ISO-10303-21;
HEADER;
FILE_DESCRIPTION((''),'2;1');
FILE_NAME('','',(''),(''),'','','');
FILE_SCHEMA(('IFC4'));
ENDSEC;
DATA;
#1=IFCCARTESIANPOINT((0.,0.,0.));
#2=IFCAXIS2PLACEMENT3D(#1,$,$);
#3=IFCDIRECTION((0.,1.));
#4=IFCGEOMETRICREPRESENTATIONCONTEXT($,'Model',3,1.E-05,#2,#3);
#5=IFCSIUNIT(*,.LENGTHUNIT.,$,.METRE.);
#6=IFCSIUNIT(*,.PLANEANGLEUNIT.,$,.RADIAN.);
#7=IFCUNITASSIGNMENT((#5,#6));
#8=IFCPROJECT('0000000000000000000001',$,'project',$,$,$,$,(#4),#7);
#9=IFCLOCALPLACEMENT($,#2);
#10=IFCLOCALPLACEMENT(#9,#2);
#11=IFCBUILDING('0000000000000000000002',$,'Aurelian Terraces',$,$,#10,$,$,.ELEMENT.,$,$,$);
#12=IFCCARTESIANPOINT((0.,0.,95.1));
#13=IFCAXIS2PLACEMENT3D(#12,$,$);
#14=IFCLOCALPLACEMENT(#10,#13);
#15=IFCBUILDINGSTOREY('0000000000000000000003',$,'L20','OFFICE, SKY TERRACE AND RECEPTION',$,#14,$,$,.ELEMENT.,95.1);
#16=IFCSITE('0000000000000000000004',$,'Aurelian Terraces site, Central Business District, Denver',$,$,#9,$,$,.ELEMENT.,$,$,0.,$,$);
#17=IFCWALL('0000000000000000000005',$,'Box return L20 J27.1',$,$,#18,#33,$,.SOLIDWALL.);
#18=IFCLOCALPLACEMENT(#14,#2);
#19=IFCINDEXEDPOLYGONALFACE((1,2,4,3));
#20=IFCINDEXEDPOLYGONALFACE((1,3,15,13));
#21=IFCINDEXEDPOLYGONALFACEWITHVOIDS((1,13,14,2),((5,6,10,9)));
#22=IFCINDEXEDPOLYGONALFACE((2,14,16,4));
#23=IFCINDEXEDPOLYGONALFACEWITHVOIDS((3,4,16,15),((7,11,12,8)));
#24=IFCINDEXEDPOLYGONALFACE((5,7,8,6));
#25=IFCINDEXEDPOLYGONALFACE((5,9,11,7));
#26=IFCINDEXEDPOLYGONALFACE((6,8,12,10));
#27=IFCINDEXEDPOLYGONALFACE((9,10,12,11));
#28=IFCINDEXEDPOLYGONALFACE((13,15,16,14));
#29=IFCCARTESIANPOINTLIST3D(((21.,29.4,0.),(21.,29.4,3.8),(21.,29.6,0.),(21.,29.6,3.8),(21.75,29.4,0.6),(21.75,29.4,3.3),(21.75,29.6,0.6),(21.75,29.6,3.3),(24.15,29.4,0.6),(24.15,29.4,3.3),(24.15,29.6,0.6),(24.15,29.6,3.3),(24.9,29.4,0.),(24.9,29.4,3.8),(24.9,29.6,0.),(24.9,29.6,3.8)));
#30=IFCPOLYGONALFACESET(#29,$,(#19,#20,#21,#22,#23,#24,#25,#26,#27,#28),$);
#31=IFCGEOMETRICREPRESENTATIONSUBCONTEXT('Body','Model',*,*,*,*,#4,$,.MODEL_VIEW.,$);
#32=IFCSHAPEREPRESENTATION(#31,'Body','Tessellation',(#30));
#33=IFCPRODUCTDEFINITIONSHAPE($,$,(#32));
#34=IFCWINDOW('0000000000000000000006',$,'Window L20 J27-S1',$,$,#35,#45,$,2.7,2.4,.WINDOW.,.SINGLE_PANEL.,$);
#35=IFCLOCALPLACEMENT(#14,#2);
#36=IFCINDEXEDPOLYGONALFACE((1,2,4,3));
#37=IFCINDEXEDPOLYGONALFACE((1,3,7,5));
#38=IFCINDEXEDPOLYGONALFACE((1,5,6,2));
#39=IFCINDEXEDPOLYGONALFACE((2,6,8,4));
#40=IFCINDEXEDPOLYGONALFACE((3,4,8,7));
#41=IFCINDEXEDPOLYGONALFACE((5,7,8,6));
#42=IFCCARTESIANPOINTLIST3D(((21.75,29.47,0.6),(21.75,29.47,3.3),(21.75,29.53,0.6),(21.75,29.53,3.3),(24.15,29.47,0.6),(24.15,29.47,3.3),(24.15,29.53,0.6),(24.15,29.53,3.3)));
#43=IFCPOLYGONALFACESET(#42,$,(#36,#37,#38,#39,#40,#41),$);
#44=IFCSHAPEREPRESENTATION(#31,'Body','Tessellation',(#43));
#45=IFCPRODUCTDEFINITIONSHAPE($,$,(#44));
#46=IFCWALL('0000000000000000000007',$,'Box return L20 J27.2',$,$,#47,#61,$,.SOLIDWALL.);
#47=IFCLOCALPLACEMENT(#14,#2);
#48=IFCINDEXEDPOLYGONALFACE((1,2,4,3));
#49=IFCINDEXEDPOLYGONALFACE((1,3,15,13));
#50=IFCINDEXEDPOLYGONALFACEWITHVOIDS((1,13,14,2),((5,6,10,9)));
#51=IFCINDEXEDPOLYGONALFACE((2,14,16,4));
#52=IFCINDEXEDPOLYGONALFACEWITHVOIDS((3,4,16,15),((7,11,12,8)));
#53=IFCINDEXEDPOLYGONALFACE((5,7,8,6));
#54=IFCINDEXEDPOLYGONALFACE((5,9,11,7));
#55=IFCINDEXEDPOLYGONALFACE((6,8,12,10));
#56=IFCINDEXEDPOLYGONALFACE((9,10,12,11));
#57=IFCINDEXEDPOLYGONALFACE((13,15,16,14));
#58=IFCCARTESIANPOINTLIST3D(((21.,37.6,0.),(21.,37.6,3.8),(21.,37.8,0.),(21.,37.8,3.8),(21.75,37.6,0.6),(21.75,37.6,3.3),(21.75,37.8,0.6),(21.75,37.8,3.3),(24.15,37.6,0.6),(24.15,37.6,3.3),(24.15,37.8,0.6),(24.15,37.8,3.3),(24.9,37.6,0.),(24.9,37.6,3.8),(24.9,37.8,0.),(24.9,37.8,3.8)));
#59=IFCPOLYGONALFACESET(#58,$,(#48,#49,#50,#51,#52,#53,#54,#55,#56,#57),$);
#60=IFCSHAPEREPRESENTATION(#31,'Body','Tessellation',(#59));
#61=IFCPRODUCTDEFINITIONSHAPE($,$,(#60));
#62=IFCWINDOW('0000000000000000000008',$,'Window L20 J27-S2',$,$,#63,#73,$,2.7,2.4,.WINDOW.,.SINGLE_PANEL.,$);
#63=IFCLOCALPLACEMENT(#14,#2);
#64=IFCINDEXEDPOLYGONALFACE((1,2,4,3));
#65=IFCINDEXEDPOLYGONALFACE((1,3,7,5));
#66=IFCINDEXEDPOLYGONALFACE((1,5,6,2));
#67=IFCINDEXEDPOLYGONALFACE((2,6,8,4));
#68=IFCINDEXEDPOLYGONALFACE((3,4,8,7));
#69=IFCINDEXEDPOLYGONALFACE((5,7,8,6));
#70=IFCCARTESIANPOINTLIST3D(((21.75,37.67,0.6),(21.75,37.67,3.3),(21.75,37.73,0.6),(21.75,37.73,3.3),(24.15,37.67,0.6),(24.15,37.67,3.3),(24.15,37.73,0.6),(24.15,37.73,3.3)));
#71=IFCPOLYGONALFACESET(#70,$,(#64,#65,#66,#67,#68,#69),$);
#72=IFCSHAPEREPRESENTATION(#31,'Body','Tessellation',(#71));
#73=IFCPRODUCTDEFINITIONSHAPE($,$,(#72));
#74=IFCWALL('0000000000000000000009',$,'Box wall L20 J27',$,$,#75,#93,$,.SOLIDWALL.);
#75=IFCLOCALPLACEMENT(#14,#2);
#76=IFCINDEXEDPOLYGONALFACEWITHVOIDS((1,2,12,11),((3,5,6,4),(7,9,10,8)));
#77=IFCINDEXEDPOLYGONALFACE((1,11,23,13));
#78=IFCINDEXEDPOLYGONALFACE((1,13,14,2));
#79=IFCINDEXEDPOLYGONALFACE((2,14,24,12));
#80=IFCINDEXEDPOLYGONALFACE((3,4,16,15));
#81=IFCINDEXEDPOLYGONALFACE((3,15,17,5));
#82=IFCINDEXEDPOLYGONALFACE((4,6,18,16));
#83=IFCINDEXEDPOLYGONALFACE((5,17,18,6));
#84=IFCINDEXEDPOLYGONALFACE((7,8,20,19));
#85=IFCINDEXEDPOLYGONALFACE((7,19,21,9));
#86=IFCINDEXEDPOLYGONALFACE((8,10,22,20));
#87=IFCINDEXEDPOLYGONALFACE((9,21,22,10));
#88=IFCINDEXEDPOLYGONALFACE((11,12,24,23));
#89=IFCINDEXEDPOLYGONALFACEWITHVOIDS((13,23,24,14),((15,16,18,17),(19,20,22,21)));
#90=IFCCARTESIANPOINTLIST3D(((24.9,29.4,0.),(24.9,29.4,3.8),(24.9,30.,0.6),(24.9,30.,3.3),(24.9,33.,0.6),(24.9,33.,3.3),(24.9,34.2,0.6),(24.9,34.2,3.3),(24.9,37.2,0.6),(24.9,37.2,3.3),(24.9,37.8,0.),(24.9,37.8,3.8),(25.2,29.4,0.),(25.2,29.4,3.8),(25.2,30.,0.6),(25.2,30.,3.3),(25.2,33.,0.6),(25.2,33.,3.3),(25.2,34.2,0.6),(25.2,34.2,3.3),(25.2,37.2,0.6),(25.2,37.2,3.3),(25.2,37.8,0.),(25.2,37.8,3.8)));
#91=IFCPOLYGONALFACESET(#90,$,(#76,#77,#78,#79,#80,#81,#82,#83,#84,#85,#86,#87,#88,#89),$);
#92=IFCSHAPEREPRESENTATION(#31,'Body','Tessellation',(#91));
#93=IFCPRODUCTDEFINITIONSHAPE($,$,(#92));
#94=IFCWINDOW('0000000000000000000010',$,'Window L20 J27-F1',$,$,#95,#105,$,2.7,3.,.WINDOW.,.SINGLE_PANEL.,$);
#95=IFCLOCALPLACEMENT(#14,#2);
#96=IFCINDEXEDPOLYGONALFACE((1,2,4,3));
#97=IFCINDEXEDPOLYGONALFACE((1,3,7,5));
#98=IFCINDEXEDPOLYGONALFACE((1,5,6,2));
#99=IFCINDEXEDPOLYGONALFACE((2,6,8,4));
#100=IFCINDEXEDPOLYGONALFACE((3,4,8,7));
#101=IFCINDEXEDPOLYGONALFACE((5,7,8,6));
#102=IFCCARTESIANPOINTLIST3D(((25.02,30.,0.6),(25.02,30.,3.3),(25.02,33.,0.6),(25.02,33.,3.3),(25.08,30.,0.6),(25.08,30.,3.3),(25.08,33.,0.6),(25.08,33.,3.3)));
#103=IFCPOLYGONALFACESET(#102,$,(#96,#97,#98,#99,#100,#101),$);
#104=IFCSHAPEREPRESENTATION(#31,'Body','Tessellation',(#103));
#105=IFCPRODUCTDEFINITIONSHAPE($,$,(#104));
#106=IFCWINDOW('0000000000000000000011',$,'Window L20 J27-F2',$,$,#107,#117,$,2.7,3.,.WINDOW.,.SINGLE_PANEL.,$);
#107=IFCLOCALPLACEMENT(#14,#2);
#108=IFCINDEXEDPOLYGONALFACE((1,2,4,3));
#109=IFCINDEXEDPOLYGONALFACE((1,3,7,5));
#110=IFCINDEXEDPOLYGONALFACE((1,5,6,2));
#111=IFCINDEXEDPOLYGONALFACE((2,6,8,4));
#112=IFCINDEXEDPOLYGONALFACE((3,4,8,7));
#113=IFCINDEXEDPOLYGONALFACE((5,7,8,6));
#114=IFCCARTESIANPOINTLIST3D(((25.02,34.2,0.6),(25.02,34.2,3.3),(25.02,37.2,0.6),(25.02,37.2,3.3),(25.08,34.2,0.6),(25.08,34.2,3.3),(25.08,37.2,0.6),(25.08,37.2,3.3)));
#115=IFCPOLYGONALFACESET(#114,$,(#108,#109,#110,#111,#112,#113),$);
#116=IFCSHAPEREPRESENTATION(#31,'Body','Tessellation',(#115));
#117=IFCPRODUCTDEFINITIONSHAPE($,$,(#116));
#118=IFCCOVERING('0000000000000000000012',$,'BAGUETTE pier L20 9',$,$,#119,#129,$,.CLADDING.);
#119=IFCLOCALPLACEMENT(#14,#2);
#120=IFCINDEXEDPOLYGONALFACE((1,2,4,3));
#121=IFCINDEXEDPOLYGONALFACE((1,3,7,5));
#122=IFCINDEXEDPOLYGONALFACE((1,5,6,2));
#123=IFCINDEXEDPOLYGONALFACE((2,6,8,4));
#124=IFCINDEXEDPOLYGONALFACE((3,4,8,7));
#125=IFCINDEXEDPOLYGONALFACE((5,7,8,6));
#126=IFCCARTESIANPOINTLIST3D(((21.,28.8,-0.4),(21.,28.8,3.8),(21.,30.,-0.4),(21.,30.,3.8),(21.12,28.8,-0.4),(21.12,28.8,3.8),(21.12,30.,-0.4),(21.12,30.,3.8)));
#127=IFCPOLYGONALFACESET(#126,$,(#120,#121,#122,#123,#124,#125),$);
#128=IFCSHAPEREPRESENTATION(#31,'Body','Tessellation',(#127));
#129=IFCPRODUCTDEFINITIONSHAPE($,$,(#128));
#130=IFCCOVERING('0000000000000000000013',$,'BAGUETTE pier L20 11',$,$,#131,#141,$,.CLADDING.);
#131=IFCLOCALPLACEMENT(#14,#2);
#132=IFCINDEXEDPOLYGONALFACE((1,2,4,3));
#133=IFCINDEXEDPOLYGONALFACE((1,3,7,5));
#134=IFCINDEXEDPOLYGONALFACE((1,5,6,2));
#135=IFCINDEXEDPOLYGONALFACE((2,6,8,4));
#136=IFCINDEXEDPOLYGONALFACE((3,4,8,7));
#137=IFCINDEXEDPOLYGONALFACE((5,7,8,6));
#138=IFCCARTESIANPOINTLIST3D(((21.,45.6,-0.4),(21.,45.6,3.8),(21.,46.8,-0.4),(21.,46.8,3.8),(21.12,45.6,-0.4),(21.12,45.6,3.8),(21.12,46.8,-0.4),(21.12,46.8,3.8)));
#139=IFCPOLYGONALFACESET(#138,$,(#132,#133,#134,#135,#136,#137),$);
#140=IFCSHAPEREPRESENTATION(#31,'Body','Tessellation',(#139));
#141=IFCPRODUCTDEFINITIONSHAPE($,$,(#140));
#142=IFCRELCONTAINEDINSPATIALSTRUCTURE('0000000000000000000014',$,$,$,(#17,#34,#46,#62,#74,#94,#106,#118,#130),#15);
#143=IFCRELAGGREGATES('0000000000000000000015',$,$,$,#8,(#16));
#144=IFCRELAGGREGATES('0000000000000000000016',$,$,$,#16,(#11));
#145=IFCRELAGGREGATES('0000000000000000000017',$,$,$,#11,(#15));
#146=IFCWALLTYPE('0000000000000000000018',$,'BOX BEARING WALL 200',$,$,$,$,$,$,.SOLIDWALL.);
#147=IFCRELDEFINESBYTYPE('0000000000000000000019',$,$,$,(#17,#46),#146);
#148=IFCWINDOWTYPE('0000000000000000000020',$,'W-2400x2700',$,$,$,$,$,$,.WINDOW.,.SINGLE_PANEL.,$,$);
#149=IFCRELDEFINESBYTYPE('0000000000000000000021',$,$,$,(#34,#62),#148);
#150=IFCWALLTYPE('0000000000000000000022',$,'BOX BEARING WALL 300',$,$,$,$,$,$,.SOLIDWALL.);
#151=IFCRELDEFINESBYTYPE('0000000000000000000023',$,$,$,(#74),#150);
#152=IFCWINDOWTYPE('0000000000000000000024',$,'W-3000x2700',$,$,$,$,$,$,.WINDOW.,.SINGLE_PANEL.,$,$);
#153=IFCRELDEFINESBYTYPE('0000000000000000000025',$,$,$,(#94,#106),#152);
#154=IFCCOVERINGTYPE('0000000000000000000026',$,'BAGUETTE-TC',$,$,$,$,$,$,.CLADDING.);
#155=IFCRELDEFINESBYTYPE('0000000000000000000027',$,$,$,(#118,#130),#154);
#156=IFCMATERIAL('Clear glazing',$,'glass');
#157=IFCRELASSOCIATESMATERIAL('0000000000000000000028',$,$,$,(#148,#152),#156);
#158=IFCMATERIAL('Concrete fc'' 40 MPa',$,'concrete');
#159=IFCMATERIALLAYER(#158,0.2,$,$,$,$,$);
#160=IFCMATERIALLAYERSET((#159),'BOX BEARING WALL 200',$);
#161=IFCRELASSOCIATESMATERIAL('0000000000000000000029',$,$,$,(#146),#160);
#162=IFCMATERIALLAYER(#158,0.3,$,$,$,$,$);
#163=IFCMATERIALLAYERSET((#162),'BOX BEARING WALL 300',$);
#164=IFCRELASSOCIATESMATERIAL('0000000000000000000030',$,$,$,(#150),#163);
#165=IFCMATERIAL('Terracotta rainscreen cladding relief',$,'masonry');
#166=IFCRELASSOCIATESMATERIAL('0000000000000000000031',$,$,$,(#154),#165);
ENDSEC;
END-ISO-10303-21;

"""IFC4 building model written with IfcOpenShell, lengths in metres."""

from ifc_helpers import new_model, si_unit, direction, frame, frame_2d, origin, origin_2d, place, context, subcontext, project, spatial, rectangle, extrude, source, transform, mapped, material, layer, layer_set, type_object, element, fill, save


model = new_model("IFC4")

# Units and contexts
model_context = context("Model", 3, precision=1e-05, world=origin(), true_north=direction((0.0, 1.0)))
body_context = subcontext(model_context, "Body", "Model", "MODEL_VIEW")
ifc_project = project(units=[si_unit("LENGTHUNIT", "METRE"), si_unit("PLANEANGLEUNIT", "RADIAN")], contexts=[model_context])

# Site, building, storey
site_placement = place(None, origin())
site = spatial("IfcSite", under=ifc_project, at=site_placement, Name="Aurelian Terraces site, Central Business District, Denver", CompositionType="ELEMENT", RefElevation=0.0)
building_placement = place(site_placement, origin())
building = spatial("IfcBuilding", under=site, at=building_placement, Name="Aurelian Terraces", CompositionType="ELEMENT")
storey_placement = place(building_placement, frame((0.0, 0.0, 95.1)))
storey = spatial("IfcBuildingStorey", under=building, at=storey_placement, Name="L20", Description="OFFICE, SKY TERRACE AND RECEPTION", CompositionType="ELEMENT", Elevation=95.1)

# Shared definitions
ifc_material_1 = material(Name="Clear glazing", Category="glass")
window_type_1 = type_object("IfcWindowType", Name="W-2400x2700", PartitioningType="SINGLE_PANEL", PredefinedType="WINDOW", material=ifc_material_1)
shared_shape_1 = source(origin(), body_context, "Body", "SweptSolid", [
    extrude(rectangle(XDim=2.4, YDim=2.7, at=frame_2d((1.2, 1.35))), frame((0.0, 0.03, 0.0), z_axis=(0.0, -1.0, 0.0), x_axis=(1.0, 0.0, 0.0)), (0.0, 0.0, 1.0), 0.06),
])

# Shared definitions
shared_shape_2 = source(origin(), body_context, "Body", "SweptSolid", [
    extrude(rectangle(XDim=3.0, YDim=2.7, at=frame_2d((1.5, 1.35))), frame((0.0, 0.16, 0.0), z_axis=(0.0, -1.0, 0.0), x_axis=(1.0, 0.0, 0.0)), (0.0, 0.0, 1.0), 0.32),
])
window_type_2 = type_object("IfcWindowType", Name="W-3000x2700", PartitioningType="SINGLE_PANEL", PredefinedType="WINDOW", material=ifc_material_1)
shared_shape_3 = source(origin(), body_context, "Body", "SweptSolid", [
    extrude(rectangle(XDim=3.0, YDim=2.7, at=frame_2d((1.5, 1.35))), frame((0.0, 0.03, 0.0), z_axis=(0.0, -1.0, 0.0), x_axis=(1.0, 0.0, 0.0)), (0.0, 0.0, 1.0), 0.06),
])

# Walls, openings, windows
ifc_material_2 = material(Name="Concrete fc' 40 MPa", Category="concrete")
ifc_layer_1 = layer(ifc_material_2, 0.2)
ifc_layer_set_1 = layer_set([ifc_layer_1], Name="BOX BEARING WALL 200")
wall_type_1 = type_object("IfcWallType", Name="BOX BEARING WALL 200", PredefinedType="SOLIDWALL", material=ifc_layer_set_1)
shared_shape_4 = source(origin(), body_context, "Body", "SweptSolid", [
    extrude(rectangle(XDim=3.9, YDim=0.2, at=frame_2d((1.95, 0.0))), origin(), (0.0, 0.0, 1.0), 3.8),
])
wall_1_placement = place(storey_placement, frame((21.0, 29.5, 0.0), z_axis=(0.0, 0.0, 1.0), x_axis=(1.0, 0.0, 0.0)))
wall_1 = element("IfcWall", 1, at=wall_1_placement, inside=storey, type_object=wall_type_1, Name="Box return L20 J27.1", PredefinedType="SOLIDWALL", context=body_context, shape_type="MappedRepresentation", body=[
    mapped(shared_shape_4, transform((0.0, 0.0, 0.0), scale=1.0)),
])
shared_shape_5 = source(origin(), body_context, "Body", "SweptSolid", [
    extrude(rectangle(XDim=2.4, YDim=2.7, at=frame_2d((1.2, 1.35))), frame((0.0, 0.11, 0.0), z_axis=(0.0, -1.0, 0.0), x_axis=(1.0, 0.0, 0.0)), (0.0, 0.0, 1.0), 0.22),
])
opening_1_placement = place(wall_1_placement, frame((0.75, 0.0, 0.6)))
opening_1 = element("IfcOpeningElement", 2, at=opening_1_placement, cuts=wall_1, PredefinedType="OPENING", context=body_context, shape_type="MappedRepresentation", body=[
    mapped(shared_shape_5, transform((0.0, 0.0, 0.0), scale=1.0)),
])
window_1_placement = place(opening_1_placement, origin())
window_1 = element("IfcWindow", 3, at=window_1_placement, inside=storey, type_object=window_type_1, Name="Window L20 J27-S1", OverallHeight=2.7, OverallWidth=2.4, PartitioningType="SINGLE_PANEL", PredefinedType="WINDOW", context=body_context, shape_type="MappedRepresentation", body=[
    mapped(shared_shape_1, transform((0.0, 0.0, 0.0), scale=1.0)),
])
fill(opening_1, window_1)
wall_2_placement = place(storey_placement, frame((21.0, 37.7, 0.0), z_axis=(0.0, 0.0, 1.0), x_axis=(1.0, 0.0, 0.0)))
wall_2 = element("IfcWall", 4, at=wall_2_placement, inside=storey, type_object=wall_type_1, Name="Box return L20 J27.2", PredefinedType="SOLIDWALL", context=body_context, shape_type="MappedRepresentation", body=[
    mapped(shared_shape_4, transform((0.0, 0.0, 0.0), scale=1.0)),
])
opening_2_placement = place(wall_2_placement, frame((0.75, 0.0, 0.6)))
opening_2 = element("IfcOpeningElement", 5, at=opening_2_placement, cuts=wall_2, PredefinedType="OPENING", context=body_context, shape_type="MappedRepresentation", body=[
    mapped(shared_shape_5, transform((0.0, 0.0, 0.0), scale=1.0)),
])
window_2_placement = place(opening_2_placement, origin())
window_2 = element("IfcWindow", 6, at=window_2_placement, inside=storey, type_object=window_type_1, Name="Window L20 J27-S2", OverallHeight=2.7, OverallWidth=2.4, PartitioningType="SINGLE_PANEL", PredefinedType="WINDOW", context=body_context, shape_type="MappedRepresentation", body=[
    mapped(shared_shape_1, transform((0.0, 0.0, 0.0), scale=1.0)),
])
fill(opening_2, window_2)

# Wall, openings, windows
ifc_layer_2 = layer(ifc_material_2, 0.3)
ifc_layer_set_2 = layer_set([ifc_layer_2], Name="BOX BEARING WALL 300")
wall_type_2 = type_object("IfcWallType", Name="BOX BEARING WALL 300", PredefinedType="SOLIDWALL", material=ifc_layer_set_2)
shared_shape_6 = source(origin(), body_context, "Body", "SweptSolid", [
    extrude(rectangle(XDim=8.4, YDim=0.3, at=frame_2d((4.2, 0.0))), origin(), (0.0, 0.0, 1.0), 3.8),
])
wall_3_placement = place(storey_placement, frame((25.05, 29.4, 0.0), z_axis=(0.0, 0.0, 1.0), x_axis=(0.0, 1.0, 0.0)))
wall_3 = element("IfcWall", 7, at=wall_3_placement, inside=storey, type_object=wall_type_2, Name="Box wall L20 J27", PredefinedType="SOLIDWALL", context=body_context, shape_type="MappedRepresentation", body=[
    mapped(shared_shape_6, transform((0.0, 0.0, 0.0), scale=1.0)),
])
opening_3_placement = place(wall_3_placement, frame((0.6, 0.0, 0.6)))
opening_3 = element("IfcOpeningElement", 8, at=opening_3_placement, cuts=wall_3, PredefinedType="OPENING", context=body_context, shape_type="MappedRepresentation", body=[
    mapped(shared_shape_2, transform((0.0, 0.0, 0.0), scale=1.0)),
])
opening_4_placement = place(wall_3_placement, frame((4.8, 0.0, 0.6)))
opening_4 = element("IfcOpeningElement", 9, at=opening_4_placement, cuts=wall_3, PredefinedType="OPENING", context=body_context, shape_type="MappedRepresentation", body=[
    mapped(shared_shape_2, transform((0.0, 0.0, 0.0), scale=1.0)),
])
window_3_placement = place(opening_3_placement, origin())
window_3 = element("IfcWindow", 10, at=window_3_placement, inside=storey, type_object=window_type_2, Name="Window L20 J27-F1", OverallHeight=2.7, OverallWidth=3.0, PartitioningType="SINGLE_PANEL", PredefinedType="WINDOW", context=body_context, shape_type="MappedRepresentation", body=[
    mapped(shared_shape_3, transform((0.0, 0.0, 0.0), scale=1.0)),
])
fill(opening_3, window_3)
window_4_placement = place(opening_4_placement, origin())
window_4 = element("IfcWindow", 11, at=window_4_placement, inside=storey, type_object=window_type_2, Name="Window L20 J27-F2", OverallHeight=2.7, OverallWidth=3.0, PartitioningType="SINGLE_PANEL", PredefinedType="WINDOW", context=body_context, shape_type="MappedRepresentation", body=[
    mapped(shared_shape_3, transform((0.0, 0.0, 0.0), scale=1.0)),
])
fill(opening_4, window_4)

# Coverings
ifc_material_3 = material(Name="Terracotta rainscreen cladding relief", Category="masonry")
covering_type = type_object("IfcCoveringType", Name="BAGUETTE-TC", PredefinedType="CLADDING", material=ifc_material_3)
shared_shape_7 = source(origin(), body_context, "Body", "SweptSolid", [
    extrude(rectangle(XDim=0.12, YDim=1.2, at=origin_2d()), origin(), (0.0, 0.0, 1.0), 4.2),
])
for number, where, z_axis, x_axis, name in (
    (12, (21.06, 29.4, -0.4), (0.0, 0.0, 1.0), (1.0, 0.0, 0.0), "BAGUETTE pier L20 9"),
    (13, (21.06, 46.2, -0.4), (0.0, 0.0, 1.0), (1.0, 0.0, 0.0), "BAGUETTE pier L20 11"),
):
    element("IfcCovering", number, at=place(storey_placement, frame(where, z_axis=z_axis, x_axis=x_axis)), inside=storey, type_object=covering_type, Name=name, PredefinedType="CLADDING", context=body_context, shape_type="MappedRepresentation", body=[
        mapped(shared_shape_7, transform((0.0, 0.0, 0.0), scale=1.0)),
    ])

save(model, "model.ifc")
